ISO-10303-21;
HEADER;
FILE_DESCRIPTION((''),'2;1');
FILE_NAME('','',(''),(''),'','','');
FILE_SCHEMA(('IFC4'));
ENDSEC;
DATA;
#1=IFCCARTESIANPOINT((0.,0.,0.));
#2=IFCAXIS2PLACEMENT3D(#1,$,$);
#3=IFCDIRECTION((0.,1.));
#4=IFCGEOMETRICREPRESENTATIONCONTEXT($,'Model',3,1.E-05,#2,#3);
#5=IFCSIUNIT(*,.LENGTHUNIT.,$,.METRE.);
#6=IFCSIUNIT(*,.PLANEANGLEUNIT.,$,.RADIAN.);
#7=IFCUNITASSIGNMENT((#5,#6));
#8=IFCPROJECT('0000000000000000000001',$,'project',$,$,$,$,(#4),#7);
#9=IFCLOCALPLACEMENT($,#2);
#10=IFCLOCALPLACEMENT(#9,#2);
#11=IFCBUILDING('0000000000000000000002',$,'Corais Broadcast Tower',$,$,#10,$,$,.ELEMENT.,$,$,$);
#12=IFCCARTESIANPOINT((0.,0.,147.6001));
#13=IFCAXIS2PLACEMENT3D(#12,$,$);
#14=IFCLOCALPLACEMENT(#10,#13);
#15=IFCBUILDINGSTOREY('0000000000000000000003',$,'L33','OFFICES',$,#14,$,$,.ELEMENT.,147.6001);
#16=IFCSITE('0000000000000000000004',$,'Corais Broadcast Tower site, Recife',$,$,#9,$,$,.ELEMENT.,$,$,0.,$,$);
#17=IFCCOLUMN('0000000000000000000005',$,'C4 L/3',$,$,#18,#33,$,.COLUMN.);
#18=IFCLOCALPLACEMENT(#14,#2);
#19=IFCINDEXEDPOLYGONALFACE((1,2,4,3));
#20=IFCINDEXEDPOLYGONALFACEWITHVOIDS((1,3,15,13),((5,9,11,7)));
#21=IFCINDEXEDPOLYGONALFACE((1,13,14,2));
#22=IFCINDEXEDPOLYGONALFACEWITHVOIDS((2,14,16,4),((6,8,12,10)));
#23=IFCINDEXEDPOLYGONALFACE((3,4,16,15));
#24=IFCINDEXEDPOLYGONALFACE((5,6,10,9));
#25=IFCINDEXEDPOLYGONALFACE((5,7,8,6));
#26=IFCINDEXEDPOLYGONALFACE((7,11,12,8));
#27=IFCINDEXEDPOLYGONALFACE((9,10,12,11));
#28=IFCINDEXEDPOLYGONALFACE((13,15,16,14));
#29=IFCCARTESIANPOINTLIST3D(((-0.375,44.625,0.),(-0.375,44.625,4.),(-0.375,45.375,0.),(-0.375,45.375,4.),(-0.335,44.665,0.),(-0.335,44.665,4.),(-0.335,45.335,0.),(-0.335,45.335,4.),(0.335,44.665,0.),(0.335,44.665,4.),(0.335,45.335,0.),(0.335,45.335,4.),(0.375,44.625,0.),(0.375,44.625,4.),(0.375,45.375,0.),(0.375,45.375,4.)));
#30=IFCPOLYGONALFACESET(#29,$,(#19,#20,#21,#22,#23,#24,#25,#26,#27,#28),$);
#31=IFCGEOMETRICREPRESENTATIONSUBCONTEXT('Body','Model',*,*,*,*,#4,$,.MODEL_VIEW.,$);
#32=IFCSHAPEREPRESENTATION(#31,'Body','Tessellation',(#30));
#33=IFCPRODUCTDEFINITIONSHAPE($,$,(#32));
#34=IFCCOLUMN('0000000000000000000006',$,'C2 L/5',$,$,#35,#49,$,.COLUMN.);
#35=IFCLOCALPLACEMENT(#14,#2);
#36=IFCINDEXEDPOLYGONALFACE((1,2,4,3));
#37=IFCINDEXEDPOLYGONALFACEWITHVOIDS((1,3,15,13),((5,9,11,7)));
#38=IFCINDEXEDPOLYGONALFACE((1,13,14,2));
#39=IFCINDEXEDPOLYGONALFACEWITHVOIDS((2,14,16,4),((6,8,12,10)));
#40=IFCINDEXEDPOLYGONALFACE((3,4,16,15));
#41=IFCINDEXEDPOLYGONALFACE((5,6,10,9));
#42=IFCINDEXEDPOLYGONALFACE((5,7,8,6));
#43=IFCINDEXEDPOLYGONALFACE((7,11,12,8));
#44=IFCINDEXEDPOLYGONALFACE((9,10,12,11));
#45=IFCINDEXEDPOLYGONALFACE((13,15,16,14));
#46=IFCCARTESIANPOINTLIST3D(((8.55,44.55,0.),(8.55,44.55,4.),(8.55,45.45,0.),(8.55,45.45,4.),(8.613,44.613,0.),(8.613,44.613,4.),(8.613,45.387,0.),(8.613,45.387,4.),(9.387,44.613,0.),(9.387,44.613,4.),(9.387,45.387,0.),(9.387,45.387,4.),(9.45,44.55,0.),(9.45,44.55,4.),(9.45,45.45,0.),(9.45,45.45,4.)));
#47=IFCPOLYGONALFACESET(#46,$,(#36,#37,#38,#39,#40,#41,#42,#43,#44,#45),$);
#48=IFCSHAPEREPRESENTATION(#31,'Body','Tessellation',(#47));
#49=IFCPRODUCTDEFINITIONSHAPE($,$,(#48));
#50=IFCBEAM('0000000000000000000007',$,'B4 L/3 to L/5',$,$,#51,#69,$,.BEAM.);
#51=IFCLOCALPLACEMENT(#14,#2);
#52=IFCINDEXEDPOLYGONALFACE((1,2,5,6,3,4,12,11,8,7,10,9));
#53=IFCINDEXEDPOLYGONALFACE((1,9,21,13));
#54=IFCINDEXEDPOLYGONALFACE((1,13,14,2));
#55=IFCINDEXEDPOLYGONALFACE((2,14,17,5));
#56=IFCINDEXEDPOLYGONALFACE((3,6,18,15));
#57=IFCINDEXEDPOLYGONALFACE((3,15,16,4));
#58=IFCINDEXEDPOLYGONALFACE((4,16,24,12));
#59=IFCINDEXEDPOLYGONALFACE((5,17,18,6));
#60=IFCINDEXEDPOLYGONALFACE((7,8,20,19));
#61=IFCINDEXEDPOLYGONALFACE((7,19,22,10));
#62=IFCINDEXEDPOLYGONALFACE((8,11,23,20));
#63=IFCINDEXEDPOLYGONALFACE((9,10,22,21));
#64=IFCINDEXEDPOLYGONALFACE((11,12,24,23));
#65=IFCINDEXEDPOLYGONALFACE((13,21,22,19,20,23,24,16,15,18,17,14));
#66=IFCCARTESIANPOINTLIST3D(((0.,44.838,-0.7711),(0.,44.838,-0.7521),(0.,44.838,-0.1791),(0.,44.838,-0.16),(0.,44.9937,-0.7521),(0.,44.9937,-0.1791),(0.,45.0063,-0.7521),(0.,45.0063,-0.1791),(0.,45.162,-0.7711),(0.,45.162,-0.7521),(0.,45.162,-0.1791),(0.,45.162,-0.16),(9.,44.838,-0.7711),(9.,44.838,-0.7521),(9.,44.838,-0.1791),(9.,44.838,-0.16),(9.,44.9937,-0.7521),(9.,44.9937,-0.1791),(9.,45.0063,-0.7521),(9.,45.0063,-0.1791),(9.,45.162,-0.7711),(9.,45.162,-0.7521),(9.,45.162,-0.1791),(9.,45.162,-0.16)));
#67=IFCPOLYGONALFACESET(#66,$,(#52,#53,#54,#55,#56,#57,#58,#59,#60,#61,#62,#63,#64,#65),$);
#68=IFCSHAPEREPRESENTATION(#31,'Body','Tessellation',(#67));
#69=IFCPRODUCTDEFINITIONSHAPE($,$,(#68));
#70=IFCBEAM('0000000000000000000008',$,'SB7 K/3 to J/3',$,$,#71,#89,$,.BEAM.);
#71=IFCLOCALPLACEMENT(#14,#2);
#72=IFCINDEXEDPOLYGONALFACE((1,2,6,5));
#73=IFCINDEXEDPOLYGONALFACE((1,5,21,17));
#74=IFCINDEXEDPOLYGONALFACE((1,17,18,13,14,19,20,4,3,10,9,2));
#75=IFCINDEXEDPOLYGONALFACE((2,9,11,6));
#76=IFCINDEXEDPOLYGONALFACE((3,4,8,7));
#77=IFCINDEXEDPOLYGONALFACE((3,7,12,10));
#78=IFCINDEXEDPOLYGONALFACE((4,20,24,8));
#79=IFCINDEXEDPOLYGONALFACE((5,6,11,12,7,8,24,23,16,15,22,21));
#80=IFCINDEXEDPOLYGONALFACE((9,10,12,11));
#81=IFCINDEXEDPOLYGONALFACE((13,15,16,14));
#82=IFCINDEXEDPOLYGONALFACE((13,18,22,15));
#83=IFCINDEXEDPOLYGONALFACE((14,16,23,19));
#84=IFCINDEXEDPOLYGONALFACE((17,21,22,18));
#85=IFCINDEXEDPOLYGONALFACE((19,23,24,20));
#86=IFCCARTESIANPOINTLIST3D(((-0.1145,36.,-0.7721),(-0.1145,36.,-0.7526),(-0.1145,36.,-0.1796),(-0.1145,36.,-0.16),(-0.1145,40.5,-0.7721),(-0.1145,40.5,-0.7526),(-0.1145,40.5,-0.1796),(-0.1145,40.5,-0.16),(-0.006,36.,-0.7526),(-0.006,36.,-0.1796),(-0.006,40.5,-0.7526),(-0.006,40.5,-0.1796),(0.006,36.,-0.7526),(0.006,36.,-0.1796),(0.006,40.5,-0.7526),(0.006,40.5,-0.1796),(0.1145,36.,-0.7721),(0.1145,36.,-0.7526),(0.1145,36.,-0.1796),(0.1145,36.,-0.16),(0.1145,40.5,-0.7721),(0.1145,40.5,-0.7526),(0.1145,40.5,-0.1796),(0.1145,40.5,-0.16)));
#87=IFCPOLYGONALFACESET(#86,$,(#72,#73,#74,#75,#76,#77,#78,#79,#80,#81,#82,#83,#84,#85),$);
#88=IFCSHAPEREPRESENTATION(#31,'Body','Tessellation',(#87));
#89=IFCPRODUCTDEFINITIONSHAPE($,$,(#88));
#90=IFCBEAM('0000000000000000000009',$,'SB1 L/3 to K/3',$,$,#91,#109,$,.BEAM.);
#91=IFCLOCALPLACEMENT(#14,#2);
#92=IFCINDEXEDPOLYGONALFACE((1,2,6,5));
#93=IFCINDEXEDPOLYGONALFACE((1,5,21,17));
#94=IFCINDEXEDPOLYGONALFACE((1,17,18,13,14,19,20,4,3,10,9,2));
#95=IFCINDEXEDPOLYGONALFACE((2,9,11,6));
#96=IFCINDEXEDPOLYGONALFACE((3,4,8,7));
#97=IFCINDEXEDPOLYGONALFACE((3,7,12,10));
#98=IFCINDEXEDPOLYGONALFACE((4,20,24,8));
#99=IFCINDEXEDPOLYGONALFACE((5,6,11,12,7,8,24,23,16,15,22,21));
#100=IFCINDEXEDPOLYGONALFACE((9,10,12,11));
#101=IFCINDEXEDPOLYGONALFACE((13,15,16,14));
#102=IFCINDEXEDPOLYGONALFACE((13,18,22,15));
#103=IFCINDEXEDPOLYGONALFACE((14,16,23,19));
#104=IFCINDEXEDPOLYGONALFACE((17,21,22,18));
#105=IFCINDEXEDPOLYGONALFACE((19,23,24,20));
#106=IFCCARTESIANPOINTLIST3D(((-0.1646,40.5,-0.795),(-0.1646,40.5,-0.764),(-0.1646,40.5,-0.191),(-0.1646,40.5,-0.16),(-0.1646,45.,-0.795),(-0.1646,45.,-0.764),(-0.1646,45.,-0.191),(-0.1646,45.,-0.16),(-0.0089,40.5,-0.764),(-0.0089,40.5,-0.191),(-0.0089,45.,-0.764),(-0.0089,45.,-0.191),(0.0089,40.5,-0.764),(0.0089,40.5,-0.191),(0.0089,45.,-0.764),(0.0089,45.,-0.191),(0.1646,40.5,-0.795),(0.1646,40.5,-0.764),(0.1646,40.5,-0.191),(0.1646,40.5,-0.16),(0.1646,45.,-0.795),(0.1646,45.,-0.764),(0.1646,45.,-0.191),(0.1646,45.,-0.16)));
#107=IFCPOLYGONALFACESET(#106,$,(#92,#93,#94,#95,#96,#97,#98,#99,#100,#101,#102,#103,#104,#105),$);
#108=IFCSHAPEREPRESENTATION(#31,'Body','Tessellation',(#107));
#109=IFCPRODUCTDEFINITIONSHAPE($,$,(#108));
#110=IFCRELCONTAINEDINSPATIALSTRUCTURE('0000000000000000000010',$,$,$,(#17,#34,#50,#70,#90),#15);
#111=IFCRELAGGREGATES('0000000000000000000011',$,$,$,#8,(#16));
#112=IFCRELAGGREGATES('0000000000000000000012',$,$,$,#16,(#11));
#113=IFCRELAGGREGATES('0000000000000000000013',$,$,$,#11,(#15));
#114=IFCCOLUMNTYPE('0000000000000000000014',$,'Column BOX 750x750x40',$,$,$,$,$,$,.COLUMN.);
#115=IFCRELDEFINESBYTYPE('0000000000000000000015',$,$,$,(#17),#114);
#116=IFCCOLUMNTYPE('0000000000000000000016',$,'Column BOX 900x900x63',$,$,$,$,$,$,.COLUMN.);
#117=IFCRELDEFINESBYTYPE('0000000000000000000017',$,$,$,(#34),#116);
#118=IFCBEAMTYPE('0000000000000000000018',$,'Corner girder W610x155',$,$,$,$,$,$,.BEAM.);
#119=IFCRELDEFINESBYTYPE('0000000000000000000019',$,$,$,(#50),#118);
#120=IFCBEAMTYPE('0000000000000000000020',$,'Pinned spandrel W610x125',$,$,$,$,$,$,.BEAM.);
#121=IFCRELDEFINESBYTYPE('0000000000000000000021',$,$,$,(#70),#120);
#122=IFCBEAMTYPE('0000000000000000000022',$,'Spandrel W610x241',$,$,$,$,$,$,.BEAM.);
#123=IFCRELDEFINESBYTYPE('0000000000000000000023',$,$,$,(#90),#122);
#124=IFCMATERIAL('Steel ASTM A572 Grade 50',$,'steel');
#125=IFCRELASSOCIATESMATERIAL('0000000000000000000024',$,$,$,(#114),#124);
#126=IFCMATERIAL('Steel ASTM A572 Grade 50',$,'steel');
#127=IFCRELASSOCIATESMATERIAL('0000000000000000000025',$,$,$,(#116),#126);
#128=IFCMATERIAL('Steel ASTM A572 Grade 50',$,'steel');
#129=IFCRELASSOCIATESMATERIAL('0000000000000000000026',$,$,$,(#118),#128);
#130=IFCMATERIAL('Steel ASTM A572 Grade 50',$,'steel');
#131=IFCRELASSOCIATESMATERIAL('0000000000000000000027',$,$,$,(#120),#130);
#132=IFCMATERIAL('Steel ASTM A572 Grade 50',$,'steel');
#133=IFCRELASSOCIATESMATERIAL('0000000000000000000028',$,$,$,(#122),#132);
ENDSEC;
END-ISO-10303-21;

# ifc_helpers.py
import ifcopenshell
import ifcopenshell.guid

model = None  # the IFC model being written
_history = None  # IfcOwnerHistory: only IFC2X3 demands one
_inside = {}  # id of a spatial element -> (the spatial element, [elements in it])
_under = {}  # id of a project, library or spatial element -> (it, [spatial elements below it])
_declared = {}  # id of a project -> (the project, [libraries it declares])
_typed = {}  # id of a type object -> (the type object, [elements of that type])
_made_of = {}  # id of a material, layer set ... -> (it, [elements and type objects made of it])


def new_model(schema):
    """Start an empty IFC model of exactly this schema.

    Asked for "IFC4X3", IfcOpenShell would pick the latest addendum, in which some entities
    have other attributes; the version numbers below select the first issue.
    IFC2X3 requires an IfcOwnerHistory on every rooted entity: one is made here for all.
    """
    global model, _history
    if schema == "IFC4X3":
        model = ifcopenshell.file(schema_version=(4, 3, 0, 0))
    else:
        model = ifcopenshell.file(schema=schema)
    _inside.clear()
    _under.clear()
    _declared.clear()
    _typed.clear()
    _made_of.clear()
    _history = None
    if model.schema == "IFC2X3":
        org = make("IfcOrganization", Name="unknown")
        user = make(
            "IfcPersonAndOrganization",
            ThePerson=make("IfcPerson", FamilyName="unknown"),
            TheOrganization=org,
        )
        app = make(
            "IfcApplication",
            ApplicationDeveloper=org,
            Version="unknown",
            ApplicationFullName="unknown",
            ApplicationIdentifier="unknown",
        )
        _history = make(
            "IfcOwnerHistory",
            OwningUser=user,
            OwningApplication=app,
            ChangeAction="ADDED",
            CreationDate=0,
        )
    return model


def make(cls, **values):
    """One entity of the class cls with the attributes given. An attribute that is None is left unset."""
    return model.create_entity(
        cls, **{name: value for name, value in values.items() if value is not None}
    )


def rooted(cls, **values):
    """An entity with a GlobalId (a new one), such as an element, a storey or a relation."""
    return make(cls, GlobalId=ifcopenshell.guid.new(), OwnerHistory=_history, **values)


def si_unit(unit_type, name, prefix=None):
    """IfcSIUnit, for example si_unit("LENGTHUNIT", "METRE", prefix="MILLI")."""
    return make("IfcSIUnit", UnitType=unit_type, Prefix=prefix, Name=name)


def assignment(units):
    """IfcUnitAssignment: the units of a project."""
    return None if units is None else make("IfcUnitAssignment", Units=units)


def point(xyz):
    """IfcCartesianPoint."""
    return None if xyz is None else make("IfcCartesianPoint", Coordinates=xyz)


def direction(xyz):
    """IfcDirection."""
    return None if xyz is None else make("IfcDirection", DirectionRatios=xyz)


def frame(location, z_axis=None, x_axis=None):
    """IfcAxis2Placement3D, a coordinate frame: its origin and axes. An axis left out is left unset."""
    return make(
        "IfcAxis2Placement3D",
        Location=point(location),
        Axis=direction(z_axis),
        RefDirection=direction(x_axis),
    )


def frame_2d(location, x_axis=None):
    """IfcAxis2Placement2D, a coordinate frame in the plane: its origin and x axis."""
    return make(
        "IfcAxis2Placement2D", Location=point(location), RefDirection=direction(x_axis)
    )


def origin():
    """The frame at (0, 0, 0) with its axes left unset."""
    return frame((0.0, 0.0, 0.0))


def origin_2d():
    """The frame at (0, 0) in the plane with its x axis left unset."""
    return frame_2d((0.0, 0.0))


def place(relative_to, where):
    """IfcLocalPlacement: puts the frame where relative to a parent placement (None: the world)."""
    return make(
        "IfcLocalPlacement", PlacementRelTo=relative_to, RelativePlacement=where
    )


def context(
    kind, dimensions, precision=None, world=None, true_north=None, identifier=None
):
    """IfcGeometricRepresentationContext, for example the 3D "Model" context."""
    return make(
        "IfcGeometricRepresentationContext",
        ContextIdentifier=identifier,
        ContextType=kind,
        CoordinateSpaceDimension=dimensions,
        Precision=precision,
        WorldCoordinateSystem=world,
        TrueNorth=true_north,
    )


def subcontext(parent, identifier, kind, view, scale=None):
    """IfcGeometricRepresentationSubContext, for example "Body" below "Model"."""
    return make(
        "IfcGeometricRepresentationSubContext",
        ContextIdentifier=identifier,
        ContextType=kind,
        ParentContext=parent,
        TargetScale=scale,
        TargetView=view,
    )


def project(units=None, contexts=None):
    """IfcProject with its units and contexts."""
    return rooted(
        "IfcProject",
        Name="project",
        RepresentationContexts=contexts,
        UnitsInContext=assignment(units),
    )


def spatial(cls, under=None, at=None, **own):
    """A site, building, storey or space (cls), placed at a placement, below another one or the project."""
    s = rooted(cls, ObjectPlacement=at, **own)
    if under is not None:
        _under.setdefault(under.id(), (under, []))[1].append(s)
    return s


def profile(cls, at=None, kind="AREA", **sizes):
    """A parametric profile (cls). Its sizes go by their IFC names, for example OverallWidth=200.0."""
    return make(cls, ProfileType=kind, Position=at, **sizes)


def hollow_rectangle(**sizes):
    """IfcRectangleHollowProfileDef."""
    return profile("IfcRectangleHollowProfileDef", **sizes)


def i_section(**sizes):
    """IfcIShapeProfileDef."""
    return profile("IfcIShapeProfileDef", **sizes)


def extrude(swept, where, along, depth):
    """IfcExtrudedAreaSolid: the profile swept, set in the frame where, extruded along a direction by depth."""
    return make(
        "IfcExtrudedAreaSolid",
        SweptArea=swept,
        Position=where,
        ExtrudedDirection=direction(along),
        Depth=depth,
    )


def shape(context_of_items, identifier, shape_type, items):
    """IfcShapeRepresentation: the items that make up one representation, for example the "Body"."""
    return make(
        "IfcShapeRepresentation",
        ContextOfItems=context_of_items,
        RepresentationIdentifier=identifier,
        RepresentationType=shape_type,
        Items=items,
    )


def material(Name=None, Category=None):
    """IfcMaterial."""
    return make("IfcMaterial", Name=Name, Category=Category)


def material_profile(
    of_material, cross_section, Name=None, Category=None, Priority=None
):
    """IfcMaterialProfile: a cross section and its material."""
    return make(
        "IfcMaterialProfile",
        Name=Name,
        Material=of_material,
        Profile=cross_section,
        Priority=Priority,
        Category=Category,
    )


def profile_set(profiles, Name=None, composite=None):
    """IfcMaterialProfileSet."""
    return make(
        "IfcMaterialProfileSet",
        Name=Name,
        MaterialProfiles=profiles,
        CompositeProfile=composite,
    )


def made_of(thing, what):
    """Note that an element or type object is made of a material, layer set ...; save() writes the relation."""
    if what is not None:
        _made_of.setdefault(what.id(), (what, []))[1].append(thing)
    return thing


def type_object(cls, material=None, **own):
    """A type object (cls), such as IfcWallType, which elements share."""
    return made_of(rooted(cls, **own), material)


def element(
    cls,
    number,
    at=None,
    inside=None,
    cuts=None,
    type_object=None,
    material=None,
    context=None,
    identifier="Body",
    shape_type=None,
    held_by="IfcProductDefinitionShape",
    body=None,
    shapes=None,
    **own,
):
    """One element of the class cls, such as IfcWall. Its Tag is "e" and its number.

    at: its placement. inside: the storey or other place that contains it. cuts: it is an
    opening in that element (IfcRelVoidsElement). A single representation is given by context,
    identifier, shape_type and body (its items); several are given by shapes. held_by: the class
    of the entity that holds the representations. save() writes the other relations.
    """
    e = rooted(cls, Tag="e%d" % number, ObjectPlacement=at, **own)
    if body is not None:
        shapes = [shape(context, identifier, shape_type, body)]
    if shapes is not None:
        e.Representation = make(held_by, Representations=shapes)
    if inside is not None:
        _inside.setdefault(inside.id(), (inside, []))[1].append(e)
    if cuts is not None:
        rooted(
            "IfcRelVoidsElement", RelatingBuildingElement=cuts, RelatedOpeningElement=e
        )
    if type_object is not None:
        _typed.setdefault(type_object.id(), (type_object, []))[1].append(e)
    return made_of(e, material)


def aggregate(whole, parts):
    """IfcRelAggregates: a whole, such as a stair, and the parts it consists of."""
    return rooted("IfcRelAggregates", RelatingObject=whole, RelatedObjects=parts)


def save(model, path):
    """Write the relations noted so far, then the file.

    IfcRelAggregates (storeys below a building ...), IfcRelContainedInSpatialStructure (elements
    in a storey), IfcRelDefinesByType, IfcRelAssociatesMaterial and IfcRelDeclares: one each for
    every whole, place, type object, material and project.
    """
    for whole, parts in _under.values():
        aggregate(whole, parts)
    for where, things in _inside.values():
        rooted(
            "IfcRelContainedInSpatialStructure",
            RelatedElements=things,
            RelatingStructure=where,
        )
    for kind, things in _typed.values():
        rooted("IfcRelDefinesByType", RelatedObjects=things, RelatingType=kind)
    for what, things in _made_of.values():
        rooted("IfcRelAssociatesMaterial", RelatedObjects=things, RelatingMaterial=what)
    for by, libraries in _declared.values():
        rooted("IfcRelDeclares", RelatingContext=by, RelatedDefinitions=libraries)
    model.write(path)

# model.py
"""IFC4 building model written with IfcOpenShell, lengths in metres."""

from ifc_helpers import new_model, si_unit, direction, frame, origin, origin_2d, place, context, subcontext, project, spatial, hollow_rectangle, i_section, extrude, material, material_profile, profile_set, type_object, element, save


model = new_model("IFC4")

# Units and contexts
model_context = context("Model", 3, precision=1e-05, world=origin(), true_north=direction((0.0, 1.0)))
body_context = subcontext(model_context, "Body", "Model", "MODEL_VIEW")
ifc_project = project(units=[si_unit("LENGTHUNIT", "METRE"), si_unit("PLANEANGLEUNIT", "RADIAN")], contexts=[model_context])

# Site, building, storey
site_placement = place(None, origin())
site = spatial("IfcSite", under=ifc_project, at=site_placement, Name="Corais Broadcast Tower site, Recife", CompositionType="ELEMENT", RefElevation=0.0)
building_placement = place(site_placement, origin())
building = spatial("IfcBuilding", under=site, at=building_placement, Name="Corais Broadcast Tower", CompositionType="ELEMENT")
storey_placement = place(building_placement, frame((0.0, 0.0, 147.6001)))
storey = spatial("IfcBuildingStorey", under=building, at=storey_placement, Name="L33", Description="OFFICES", CompositionType="ELEMENT", Elevation=147.6001)

# Columns
ifc_material_1 = material(Name="Steel ASTM A572 Grade 50", Category="steel")
ifc_material_profile_1 = material_profile(ifc_material_1, hollow_rectangle(XDim=0.75, YDim=0.75, WallThickness=0.04, at=origin_2d()), Name="BOX 750x750x40")
ifc_profile_set_1 = profile_set([ifc_material_profile_1], Name="Steel ASTM A572 Grade 50")
column_type_1 = type_object("IfcColumnType", Name="Column BOX 750x750x40", PredefinedType="COLUMN", material=ifc_profile_set_1)
column_1_placement = place(storey_placement, frame((0.0, 45.0, 0.0), z_axis=(0.0, 0.0, 1.0), x_axis=(1.0, 0.0, 0.0)))
element("IfcColumn", 1, at=column_1_placement, inside=storey, type_object=column_type_1, Name="C4 L/3", PredefinedType="COLUMN", context=body_context, shape_type="SweptSolid", body=[
    extrude(hollow_rectangle(XDim=0.75, YDim=0.75, WallThickness=0.04, at=origin_2d()), origin(), (0.0, 0.0, 1.0), 4.0),
])
ifc_material_2 = material(Name="Steel ASTM A572 Grade 50", Category="steel")
ifc_material_profile_2 = material_profile(ifc_material_2, hollow_rectangle(XDim=0.8999, YDim=0.8999, WallThickness=0.063, at=origin_2d()), Name="BOX 900x900x63")
ifc_profile_set_2 = profile_set([ifc_material_profile_2], Name="Steel ASTM A572 Grade 50")
column_type_2 = type_object("IfcColumnType", Name="Column BOX 900x900x63", PredefinedType="COLUMN", material=ifc_profile_set_2)
column_2_placement = place(storey_placement, frame((9.0, 45.0, 0.0), z_axis=(0.0, 0.0, 1.0), x_axis=(1.0, 0.0, 0.0)))
element("IfcColumn", 2, at=column_2_placement, inside=storey, type_object=column_type_2, Name="C2 L/5", PredefinedType="COLUMN", context=body_context, shape_type="SweptSolid", body=[
    extrude(hollow_rectangle(XDim=0.8999, YDim=0.8999, WallThickness=0.063, at=origin_2d()), origin(), (0.0, 0.0, 1.0), 4.0),
])

# Beams
ifc_material_3 = material(Name="Steel ASTM A572 Grade 50", Category="steel")
ifc_material_profile_3 = material_profile(ifc_material_3, i_section(OverallWidth=0.324, OverallDepth=0.6111, WebThickness=0.0127, FlangeThickness=0.019, at=origin_2d()), Name="W610x155")
ifc_profile_set_3 = profile_set([ifc_material_profile_3], Name="Steel ASTM A572 Grade 50")
beam_type_1 = type_object("IfcBeamType", Name="Corner girder W610x155", PredefinedType="BEAM", material=ifc_profile_set_3)
beam_1_placement = place(storey_placement, frame((0.0, 45.0, -0.4656), z_axis=(1.0, 0.0, 0.0), x_axis=(0.0, 1.0, 0.0)))
element("IfcBeam", 3, at=beam_1_placement, inside=storey, type_object=beam_type_1, Name="B4 L/3 to L/5", PredefinedType="BEAM", context=body_context, shape_type="SweptSolid", body=[
    extrude(i_section(OverallWidth=0.324, OverallDepth=0.6111, WebThickness=0.0127, FlangeThickness=0.019, at=origin_2d()), origin(), (0.0, 0.0, 1.0), 9.0),
])
ifc_material_4 = material(Name="Steel ASTM A572 Grade 50", Category="steel")
ifc_material_profile_4 = material_profile(ifc_material_4, i_section(OverallWidth=0.229, OverallDepth=0.6121, WebThickness=0.012, FlangeThickness=0.0195, at=origin_2d()), Name="W610x125")
ifc_profile_set_4 = profile_set([ifc_material_profile_4], Name="Steel ASTM A572 Grade 50")
beam_type_2 = type_object("IfcBeamType", Name="Pinned spandrel W610x125", PredefinedType="BEAM", material=ifc_profile_set_4)
beam_2_placement = place(storey_placement, frame((0.0, 40.5, -0.4661), z_axis=(0.0, -1.0, 0.0), x_axis=(1.0, 0.0, 0.0)))
element("IfcBeam", 4, at=beam_2_placement, inside=storey, type_object=beam_type_2, Name="SB7 K/3 to J/3", PredefinedType="BEAM", context=body_context, shape_type="SweptSolid", body=[
    extrude(i_section(OverallWidth=0.229, OverallDepth=0.6121, WebThickness=0.012, FlangeThickness=0.0195, at=origin_2d()), origin(), (0.0, 0.0, 1.0), 4.5),
])
ifc_material_5 = material(Name="Steel ASTM A572 Grade 50", Category="steel")
ifc_material_profile_5 = material_profile(ifc_material_5, i_section(OverallWidth=0.3291, OverallDepth=0.635, WebThickness=0.0178, FlangeThickness=0.031, at=origin_2d()), Name="W610x241")
ifc_profile_set_5 = profile_set([ifc_material_profile_5], Name="Steel ASTM A572 Grade 50")
beam_type_3 = type_object("IfcBeamType", Name="Spandrel W610x241", PredefinedType="BEAM", material=ifc_profile_set_5)
beam_3_placement = place(storey_placement, frame((0.0, 45.0, -0.4775), z_axis=(0.0, -1.0, 0.0), x_axis=(1.0, 0.0, 0.0)))
element("IfcBeam", 5, at=beam_3_placement, inside=storey, type_object=beam_type_3, Name="SB1 L/3 to K/3", PredefinedType="BEAM", context=body_context, shape_type="SweptSolid", body=[
    extrude(i_section(OverallWidth=0.3291, OverallDepth=0.635, WebThickness=0.0178, FlangeThickness=0.031, at=origin_2d()), origin(), (0.0, 0.0, 1.0), 4.5),
])

save(model, "model.ifc")
